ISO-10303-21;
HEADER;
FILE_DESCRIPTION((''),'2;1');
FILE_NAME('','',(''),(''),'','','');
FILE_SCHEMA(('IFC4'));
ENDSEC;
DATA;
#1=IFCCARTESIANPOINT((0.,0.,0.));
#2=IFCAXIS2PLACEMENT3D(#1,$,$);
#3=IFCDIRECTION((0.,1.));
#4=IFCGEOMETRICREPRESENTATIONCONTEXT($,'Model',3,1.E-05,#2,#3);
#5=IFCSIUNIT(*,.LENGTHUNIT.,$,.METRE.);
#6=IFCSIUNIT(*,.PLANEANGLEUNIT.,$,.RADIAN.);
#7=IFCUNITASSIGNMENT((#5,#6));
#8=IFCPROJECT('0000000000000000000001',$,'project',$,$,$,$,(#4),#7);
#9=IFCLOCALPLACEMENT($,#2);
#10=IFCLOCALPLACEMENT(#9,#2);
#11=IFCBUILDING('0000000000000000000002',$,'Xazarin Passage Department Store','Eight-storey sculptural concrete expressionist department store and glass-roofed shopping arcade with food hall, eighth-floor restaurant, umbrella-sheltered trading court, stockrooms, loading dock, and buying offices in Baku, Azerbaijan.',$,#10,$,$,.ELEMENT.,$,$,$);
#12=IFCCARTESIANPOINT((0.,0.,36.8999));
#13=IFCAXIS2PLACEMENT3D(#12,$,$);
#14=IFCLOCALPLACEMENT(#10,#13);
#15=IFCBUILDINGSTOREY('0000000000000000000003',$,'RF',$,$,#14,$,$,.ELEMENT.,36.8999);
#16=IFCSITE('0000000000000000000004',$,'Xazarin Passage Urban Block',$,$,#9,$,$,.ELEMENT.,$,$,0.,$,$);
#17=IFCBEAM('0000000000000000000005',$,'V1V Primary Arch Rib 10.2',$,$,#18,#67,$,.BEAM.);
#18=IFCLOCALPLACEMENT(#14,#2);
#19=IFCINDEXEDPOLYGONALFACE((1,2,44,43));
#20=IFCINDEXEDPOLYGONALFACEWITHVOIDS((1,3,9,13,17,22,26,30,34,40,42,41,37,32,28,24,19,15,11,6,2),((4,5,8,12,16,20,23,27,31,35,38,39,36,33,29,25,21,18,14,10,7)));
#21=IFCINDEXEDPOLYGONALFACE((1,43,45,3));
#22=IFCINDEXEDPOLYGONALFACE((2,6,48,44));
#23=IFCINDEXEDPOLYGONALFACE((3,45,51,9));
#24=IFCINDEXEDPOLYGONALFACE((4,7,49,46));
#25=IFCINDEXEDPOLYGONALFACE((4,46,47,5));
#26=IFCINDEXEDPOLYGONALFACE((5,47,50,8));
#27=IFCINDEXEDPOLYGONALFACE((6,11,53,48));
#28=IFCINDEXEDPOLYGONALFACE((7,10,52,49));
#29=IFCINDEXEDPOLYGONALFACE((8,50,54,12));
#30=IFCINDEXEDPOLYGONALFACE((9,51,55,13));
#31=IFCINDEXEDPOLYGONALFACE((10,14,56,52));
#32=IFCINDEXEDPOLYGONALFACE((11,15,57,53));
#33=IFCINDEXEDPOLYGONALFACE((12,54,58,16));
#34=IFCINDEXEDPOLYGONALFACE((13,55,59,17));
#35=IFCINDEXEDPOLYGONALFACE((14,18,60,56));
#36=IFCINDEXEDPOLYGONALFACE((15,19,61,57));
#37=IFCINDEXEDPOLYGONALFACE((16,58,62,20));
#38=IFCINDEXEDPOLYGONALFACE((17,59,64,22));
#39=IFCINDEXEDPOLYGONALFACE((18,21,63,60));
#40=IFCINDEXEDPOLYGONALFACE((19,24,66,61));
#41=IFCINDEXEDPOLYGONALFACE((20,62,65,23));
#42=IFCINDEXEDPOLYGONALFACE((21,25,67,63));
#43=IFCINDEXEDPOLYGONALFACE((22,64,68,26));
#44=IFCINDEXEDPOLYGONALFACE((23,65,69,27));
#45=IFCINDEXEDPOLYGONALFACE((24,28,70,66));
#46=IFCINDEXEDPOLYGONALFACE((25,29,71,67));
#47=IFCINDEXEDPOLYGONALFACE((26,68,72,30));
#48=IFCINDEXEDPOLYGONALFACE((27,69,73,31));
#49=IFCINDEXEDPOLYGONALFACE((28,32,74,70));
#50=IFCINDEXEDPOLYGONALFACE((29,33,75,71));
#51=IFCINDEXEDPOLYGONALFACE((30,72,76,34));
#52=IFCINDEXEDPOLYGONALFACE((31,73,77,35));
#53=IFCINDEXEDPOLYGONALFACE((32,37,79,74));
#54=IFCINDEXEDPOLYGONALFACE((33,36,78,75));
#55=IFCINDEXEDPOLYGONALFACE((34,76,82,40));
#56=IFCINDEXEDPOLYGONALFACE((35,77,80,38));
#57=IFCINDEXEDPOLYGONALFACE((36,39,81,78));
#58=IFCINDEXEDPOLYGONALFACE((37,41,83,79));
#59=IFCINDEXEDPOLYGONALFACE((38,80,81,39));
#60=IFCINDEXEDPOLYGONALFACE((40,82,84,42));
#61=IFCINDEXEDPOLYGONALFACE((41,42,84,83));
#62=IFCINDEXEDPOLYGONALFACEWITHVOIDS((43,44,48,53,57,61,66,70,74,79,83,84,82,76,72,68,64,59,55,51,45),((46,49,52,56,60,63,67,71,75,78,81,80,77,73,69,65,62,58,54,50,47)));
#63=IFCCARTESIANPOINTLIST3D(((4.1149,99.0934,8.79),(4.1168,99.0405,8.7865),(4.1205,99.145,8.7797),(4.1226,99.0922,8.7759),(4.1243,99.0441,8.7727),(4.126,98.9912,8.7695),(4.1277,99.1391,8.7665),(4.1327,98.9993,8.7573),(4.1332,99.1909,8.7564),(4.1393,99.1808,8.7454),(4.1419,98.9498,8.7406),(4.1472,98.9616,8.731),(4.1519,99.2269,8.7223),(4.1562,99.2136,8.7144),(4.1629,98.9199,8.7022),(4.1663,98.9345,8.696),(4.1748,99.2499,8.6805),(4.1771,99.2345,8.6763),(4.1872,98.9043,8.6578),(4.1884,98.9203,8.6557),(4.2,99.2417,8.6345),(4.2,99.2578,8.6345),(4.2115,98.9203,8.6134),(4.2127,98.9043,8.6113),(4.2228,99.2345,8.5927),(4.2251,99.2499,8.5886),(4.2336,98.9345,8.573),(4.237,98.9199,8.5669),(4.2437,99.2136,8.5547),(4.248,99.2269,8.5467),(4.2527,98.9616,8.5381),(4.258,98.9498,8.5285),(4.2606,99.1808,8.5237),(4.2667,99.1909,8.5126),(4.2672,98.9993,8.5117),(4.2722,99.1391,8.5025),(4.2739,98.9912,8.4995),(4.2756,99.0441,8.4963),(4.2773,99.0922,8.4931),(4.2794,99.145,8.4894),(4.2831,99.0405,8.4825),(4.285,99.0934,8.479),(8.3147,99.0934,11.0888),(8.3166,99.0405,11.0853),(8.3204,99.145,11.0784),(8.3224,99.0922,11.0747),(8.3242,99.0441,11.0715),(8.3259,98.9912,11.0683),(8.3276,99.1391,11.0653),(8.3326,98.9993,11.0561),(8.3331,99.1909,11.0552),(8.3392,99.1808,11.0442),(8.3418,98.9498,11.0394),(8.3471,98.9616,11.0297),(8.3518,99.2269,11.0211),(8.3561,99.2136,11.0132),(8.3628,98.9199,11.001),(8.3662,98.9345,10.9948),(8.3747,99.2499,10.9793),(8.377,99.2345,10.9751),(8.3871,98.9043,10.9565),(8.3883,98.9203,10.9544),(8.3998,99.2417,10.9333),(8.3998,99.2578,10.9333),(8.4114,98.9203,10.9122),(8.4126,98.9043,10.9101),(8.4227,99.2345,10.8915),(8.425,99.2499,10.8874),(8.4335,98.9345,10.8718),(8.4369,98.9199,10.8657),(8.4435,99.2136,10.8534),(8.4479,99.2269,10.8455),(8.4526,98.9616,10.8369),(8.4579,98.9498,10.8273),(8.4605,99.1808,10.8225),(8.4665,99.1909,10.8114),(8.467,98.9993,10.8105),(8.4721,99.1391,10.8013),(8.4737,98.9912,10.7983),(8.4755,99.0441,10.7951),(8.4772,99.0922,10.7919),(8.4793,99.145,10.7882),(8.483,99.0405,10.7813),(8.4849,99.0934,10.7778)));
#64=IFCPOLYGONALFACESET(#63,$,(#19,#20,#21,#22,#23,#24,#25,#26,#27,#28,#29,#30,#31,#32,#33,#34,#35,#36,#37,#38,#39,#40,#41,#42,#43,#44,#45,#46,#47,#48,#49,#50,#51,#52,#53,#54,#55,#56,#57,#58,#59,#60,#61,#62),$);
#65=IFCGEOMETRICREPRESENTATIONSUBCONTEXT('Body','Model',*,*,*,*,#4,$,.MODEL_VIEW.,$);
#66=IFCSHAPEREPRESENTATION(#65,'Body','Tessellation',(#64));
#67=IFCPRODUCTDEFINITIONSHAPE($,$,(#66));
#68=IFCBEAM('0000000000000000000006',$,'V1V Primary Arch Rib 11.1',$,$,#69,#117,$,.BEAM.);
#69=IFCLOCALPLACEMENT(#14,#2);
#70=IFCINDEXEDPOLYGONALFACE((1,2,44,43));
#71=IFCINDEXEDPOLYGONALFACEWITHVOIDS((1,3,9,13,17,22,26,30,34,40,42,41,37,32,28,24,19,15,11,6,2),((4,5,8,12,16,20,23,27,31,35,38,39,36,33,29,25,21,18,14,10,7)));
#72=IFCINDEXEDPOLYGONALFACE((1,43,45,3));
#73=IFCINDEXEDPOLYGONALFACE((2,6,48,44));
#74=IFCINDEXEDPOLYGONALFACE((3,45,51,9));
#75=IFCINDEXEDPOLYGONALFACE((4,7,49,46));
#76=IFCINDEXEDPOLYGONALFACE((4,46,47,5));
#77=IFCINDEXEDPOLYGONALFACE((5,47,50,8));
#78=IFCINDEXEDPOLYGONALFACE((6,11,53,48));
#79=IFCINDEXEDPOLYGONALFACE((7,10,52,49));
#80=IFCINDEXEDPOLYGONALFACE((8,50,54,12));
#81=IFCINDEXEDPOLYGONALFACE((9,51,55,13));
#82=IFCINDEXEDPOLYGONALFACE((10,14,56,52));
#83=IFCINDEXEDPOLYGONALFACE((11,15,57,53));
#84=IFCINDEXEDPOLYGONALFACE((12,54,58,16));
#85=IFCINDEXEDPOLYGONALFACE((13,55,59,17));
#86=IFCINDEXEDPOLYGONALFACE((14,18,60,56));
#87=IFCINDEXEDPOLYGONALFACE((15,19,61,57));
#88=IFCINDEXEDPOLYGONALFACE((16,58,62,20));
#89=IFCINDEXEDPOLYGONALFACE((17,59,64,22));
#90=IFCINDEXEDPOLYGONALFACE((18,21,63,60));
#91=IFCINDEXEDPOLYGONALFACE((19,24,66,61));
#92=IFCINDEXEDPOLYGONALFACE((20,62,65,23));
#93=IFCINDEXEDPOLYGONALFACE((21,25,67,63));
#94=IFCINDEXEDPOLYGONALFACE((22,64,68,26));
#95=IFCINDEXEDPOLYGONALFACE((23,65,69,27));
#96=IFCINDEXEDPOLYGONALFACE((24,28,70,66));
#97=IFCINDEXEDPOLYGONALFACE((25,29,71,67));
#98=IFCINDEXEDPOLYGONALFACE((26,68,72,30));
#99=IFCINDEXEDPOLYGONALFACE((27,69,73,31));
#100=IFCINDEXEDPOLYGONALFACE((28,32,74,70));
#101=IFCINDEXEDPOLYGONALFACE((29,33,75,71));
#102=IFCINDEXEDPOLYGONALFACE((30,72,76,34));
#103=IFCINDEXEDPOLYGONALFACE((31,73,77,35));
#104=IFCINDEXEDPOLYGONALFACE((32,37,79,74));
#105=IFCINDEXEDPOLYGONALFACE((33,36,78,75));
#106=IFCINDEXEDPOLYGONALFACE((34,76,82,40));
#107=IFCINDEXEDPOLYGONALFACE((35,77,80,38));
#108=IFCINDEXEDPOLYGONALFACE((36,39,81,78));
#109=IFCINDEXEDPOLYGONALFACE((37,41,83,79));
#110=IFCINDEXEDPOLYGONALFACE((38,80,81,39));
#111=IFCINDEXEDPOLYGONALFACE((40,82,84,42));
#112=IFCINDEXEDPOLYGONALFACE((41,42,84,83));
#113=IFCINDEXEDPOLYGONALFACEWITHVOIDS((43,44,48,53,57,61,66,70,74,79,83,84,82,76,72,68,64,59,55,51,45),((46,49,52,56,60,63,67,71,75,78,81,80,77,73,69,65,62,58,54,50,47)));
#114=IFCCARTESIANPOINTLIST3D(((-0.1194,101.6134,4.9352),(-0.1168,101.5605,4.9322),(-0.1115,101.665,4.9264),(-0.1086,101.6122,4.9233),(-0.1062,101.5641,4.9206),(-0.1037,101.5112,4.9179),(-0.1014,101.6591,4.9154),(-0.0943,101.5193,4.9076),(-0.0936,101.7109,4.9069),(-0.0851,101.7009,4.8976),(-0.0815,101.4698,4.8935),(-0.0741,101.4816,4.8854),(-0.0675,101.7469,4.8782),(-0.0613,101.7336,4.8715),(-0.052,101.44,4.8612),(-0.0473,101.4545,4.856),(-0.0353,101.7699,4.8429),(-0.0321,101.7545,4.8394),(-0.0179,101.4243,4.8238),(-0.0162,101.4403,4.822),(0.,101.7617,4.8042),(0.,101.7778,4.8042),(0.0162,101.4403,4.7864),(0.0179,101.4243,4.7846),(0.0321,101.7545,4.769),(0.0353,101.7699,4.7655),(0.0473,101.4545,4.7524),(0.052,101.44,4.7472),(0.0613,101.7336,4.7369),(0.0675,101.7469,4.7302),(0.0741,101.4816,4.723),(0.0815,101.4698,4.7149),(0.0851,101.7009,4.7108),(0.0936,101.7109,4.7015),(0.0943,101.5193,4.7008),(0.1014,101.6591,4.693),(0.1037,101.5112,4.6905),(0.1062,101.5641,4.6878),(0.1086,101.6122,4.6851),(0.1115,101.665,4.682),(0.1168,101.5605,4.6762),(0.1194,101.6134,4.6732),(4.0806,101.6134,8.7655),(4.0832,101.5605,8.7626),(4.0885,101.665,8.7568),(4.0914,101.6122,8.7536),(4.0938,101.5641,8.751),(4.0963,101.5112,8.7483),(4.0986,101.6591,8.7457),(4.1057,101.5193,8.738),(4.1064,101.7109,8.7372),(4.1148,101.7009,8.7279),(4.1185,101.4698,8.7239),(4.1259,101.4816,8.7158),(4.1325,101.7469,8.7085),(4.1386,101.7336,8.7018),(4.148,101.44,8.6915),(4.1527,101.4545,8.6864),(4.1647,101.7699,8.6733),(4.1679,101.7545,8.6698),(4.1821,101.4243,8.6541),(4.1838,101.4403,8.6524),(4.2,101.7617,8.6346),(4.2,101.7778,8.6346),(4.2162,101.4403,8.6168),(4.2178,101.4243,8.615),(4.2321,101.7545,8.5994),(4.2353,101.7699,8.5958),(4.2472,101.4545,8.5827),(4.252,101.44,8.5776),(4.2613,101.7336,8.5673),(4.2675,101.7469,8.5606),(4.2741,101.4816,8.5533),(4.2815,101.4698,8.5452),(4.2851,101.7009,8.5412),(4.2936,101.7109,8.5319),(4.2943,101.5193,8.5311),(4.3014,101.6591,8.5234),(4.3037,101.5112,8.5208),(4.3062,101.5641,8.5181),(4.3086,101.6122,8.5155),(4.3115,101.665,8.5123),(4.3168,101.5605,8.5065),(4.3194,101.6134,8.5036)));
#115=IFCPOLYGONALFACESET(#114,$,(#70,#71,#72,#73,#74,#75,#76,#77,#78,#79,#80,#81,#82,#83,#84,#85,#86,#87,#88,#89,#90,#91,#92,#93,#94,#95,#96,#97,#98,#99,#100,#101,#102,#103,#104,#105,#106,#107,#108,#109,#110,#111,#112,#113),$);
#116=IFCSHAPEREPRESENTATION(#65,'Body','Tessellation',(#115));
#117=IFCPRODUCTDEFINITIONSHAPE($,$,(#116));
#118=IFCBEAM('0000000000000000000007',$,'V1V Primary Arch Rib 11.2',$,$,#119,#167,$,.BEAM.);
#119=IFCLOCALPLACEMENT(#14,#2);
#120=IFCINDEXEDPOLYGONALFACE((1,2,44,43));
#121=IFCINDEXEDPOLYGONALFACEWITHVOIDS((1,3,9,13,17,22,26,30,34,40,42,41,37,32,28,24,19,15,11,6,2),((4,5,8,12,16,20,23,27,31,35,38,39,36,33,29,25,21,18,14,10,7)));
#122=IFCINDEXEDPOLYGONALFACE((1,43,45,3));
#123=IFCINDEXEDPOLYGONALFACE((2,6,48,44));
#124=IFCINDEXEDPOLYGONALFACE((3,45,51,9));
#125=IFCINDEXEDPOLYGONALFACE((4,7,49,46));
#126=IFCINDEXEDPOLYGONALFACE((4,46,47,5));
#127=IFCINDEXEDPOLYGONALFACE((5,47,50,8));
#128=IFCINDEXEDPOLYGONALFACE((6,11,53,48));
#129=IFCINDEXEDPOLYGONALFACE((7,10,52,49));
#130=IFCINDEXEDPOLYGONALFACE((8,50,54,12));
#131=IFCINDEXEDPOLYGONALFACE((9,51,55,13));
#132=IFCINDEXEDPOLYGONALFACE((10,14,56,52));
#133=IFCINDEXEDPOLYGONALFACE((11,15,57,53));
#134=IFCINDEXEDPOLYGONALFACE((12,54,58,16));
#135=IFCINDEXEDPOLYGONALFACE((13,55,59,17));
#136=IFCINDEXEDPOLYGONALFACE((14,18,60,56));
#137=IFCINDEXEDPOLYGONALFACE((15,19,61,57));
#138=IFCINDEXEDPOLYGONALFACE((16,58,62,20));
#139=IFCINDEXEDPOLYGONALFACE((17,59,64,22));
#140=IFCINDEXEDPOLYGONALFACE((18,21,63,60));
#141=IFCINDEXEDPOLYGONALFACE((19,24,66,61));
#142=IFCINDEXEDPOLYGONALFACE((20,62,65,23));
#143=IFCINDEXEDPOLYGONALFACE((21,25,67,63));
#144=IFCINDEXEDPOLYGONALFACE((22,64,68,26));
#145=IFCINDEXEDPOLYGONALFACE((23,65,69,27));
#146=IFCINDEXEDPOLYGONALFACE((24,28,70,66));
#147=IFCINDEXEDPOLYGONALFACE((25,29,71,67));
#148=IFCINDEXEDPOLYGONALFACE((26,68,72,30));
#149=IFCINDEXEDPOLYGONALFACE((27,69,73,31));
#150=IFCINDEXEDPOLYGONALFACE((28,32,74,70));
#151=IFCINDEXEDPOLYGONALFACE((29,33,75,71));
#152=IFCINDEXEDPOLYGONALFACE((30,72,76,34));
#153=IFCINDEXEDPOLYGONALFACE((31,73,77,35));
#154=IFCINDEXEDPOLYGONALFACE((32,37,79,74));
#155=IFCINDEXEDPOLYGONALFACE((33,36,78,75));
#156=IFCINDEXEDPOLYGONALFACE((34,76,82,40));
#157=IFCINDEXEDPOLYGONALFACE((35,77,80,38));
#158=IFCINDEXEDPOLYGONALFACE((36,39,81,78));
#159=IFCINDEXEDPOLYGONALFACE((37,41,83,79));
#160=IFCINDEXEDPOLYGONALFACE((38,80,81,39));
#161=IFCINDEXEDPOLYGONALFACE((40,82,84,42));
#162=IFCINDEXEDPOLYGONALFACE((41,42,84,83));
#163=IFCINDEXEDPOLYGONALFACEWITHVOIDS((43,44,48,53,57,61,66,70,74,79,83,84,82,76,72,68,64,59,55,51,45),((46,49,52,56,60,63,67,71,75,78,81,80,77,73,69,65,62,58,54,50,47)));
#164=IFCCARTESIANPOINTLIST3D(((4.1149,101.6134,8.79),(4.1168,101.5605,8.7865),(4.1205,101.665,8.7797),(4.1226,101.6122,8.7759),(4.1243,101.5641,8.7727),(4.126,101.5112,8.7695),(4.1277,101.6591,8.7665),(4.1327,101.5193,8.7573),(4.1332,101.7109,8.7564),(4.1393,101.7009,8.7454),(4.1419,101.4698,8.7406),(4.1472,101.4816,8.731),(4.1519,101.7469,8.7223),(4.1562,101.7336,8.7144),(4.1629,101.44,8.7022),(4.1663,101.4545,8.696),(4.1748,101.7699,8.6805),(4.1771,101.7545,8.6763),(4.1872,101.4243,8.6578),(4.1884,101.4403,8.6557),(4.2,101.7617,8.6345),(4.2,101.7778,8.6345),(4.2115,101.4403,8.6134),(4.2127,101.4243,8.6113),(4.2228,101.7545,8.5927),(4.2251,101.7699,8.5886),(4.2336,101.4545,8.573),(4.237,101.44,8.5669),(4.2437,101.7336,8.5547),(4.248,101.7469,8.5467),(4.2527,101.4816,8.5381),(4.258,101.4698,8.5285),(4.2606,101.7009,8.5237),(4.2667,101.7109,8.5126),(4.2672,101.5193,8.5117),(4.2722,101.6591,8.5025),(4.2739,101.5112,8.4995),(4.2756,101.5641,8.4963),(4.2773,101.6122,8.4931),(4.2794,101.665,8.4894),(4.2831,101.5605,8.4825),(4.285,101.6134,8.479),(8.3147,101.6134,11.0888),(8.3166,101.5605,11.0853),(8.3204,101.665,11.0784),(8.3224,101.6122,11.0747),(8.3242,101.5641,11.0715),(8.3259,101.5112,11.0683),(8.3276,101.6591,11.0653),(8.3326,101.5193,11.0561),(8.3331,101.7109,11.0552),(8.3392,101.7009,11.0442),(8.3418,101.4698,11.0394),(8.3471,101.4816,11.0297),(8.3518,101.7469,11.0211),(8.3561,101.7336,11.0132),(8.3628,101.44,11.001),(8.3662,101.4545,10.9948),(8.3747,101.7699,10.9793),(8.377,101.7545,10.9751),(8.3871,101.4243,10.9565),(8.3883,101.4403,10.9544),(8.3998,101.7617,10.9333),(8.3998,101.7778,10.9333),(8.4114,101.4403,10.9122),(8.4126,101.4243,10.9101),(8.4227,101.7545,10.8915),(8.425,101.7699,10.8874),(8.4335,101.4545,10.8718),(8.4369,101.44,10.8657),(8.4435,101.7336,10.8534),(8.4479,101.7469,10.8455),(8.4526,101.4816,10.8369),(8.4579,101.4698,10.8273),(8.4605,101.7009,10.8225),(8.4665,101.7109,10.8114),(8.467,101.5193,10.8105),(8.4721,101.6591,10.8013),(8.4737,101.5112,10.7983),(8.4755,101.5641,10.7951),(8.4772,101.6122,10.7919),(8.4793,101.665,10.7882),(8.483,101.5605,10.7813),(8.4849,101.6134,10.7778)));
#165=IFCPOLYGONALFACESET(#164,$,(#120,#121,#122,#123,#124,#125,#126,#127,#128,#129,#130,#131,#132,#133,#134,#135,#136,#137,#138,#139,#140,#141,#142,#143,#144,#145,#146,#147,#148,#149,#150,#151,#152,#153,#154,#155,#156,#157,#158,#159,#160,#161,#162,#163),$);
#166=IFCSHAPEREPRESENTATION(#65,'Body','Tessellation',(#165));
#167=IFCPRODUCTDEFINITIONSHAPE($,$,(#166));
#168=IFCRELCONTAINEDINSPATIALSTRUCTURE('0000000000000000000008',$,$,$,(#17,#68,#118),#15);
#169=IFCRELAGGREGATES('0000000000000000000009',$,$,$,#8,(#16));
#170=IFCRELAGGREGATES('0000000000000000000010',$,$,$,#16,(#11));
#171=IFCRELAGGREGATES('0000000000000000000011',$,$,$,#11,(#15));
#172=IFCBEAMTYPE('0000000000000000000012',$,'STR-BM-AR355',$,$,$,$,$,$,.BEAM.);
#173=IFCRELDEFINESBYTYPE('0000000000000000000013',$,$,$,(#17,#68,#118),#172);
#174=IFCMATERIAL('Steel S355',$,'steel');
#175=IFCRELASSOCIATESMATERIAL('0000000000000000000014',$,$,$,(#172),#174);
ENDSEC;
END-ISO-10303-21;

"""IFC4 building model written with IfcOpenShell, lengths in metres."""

from ifc_helpers import new_model, si_unit, direction, frame, origin, origin_2d, place, context, subcontext, project, spatial, hollow_circle, extrude, material, material_profile, profile_set, type_object, element, save


model = new_model("IFC4")

# Units and contexts
model_context = context("Model", 3, precision=1e-05, world=origin(), true_north=direction((0.0, 1.0)))
body_context = subcontext(model_context, "Body", "Model", "MODEL_VIEW")
ifc_project = project(units=[si_unit("LENGTHUNIT", "METRE"), si_unit("PLANEANGLEUNIT", "RADIAN")], contexts=[model_context])

# Site, building, storey
site_placement = place(None, origin())
site = spatial("IfcSite", under=ifc_project, at=site_placement, Name="Xazarin Passage Urban Block", CompositionType="ELEMENT", RefElevation=0.0)
building_placement = place(site_placement, origin())
building = spatial("IfcBuilding", under=site, at=building_placement, Name="Xazarin Passage Department Store", Description="Eight-storey sculptural concrete expressionist department store and glass-roofed shopping arcade with food hall, eighth-floor restaurant, umbrella-sheltered trading court, stockrooms, loading dock, and buying offices in Baku, Azerbaijan.", CompositionType="ELEMENT")
storey_placement = place(building_placement, frame((0.0, 0.0, 36.8999)))
storey = spatial("IfcBuildingStorey", under=building, at=storey_placement, Name="RF", CompositionType="ELEMENT", Elevation=36.8999)

# Beams
ifc_material_1 = material(Name="Steel S355", Category="steel")
ifc_material_profile_1 = material_profile(ifc_material_1, hollow_circle(Radius=0.1777, WallThickness=0.0161, at=origin_2d()), Name="CHS 355.6x16")
ifc_profile_set_1 = profile_set([ifc_material_profile_1], Name="Steel S355")
beam_type_1 = type_object("IfcBeamType", Name="STR-BM-AR355", PredefinedType="BEAM", material=ifc_profile_set_1)
beam_1_placement = place(storey_placement, frame((4.2, 99.0801, 8.6345), z_axis=(0.877197, 0.0, 0.480131), x_axis=(0.0, 1.0, 0.0)))
element("IfcBeam", 1, at=beam_1_placement, inside=storey, type_object=beam_type_1, Name="V1V Primary Arch Rib 10.2", PredefinedType="BEAM", context=body_context, shape_type="SweptSolid", body=[
    extrude(hollow_circle(Radius=0.1777, WallThickness=0.0161, at=origin_2d()), origin(), (0.0, 0.0, 1.0), 4.7878),
])
beam_2_placement = place(storey_placement, frame((0.0, 101.6001, 4.8042), z_axis=(0.738872, 0.0, 0.673846), x_axis=(0.0, 1.0, 0.0)))
element("IfcBeam", 2, at=beam_2_placement, inside=storey, type_object=beam_type_1, Name="V1V Primary Arch Rib 11.1", PredefinedType="BEAM", context=body_context, shape_type="SweptSolid", body=[
    extrude(hollow_circle(Radius=0.1777, WallThickness=0.0161, at=origin_2d()), origin(), (0.0, 0.0, 1.0), 5.6843),
])
beam_3_placement = place(storey_placement, frame((4.2, 101.6001, 8.6345), z_axis=(0.877197, 0.0, 0.480131), x_axis=(0.0, 1.0, 0.0)))
element("IfcBeam", 3, at=beam_3_placement, inside=storey, type_object=beam_type_1, Name="V1V Primary Arch Rib 11.2", PredefinedType="BEAM", context=body_context, shape_type="SweptSolid", body=[
    extrude(hollow_circle(Radius=0.1777, WallThickness=0.0161, at=origin_2d()), origin(), (0.0, 0.0, 1.0), 4.7878),
])

save(model, "model.ifc")
